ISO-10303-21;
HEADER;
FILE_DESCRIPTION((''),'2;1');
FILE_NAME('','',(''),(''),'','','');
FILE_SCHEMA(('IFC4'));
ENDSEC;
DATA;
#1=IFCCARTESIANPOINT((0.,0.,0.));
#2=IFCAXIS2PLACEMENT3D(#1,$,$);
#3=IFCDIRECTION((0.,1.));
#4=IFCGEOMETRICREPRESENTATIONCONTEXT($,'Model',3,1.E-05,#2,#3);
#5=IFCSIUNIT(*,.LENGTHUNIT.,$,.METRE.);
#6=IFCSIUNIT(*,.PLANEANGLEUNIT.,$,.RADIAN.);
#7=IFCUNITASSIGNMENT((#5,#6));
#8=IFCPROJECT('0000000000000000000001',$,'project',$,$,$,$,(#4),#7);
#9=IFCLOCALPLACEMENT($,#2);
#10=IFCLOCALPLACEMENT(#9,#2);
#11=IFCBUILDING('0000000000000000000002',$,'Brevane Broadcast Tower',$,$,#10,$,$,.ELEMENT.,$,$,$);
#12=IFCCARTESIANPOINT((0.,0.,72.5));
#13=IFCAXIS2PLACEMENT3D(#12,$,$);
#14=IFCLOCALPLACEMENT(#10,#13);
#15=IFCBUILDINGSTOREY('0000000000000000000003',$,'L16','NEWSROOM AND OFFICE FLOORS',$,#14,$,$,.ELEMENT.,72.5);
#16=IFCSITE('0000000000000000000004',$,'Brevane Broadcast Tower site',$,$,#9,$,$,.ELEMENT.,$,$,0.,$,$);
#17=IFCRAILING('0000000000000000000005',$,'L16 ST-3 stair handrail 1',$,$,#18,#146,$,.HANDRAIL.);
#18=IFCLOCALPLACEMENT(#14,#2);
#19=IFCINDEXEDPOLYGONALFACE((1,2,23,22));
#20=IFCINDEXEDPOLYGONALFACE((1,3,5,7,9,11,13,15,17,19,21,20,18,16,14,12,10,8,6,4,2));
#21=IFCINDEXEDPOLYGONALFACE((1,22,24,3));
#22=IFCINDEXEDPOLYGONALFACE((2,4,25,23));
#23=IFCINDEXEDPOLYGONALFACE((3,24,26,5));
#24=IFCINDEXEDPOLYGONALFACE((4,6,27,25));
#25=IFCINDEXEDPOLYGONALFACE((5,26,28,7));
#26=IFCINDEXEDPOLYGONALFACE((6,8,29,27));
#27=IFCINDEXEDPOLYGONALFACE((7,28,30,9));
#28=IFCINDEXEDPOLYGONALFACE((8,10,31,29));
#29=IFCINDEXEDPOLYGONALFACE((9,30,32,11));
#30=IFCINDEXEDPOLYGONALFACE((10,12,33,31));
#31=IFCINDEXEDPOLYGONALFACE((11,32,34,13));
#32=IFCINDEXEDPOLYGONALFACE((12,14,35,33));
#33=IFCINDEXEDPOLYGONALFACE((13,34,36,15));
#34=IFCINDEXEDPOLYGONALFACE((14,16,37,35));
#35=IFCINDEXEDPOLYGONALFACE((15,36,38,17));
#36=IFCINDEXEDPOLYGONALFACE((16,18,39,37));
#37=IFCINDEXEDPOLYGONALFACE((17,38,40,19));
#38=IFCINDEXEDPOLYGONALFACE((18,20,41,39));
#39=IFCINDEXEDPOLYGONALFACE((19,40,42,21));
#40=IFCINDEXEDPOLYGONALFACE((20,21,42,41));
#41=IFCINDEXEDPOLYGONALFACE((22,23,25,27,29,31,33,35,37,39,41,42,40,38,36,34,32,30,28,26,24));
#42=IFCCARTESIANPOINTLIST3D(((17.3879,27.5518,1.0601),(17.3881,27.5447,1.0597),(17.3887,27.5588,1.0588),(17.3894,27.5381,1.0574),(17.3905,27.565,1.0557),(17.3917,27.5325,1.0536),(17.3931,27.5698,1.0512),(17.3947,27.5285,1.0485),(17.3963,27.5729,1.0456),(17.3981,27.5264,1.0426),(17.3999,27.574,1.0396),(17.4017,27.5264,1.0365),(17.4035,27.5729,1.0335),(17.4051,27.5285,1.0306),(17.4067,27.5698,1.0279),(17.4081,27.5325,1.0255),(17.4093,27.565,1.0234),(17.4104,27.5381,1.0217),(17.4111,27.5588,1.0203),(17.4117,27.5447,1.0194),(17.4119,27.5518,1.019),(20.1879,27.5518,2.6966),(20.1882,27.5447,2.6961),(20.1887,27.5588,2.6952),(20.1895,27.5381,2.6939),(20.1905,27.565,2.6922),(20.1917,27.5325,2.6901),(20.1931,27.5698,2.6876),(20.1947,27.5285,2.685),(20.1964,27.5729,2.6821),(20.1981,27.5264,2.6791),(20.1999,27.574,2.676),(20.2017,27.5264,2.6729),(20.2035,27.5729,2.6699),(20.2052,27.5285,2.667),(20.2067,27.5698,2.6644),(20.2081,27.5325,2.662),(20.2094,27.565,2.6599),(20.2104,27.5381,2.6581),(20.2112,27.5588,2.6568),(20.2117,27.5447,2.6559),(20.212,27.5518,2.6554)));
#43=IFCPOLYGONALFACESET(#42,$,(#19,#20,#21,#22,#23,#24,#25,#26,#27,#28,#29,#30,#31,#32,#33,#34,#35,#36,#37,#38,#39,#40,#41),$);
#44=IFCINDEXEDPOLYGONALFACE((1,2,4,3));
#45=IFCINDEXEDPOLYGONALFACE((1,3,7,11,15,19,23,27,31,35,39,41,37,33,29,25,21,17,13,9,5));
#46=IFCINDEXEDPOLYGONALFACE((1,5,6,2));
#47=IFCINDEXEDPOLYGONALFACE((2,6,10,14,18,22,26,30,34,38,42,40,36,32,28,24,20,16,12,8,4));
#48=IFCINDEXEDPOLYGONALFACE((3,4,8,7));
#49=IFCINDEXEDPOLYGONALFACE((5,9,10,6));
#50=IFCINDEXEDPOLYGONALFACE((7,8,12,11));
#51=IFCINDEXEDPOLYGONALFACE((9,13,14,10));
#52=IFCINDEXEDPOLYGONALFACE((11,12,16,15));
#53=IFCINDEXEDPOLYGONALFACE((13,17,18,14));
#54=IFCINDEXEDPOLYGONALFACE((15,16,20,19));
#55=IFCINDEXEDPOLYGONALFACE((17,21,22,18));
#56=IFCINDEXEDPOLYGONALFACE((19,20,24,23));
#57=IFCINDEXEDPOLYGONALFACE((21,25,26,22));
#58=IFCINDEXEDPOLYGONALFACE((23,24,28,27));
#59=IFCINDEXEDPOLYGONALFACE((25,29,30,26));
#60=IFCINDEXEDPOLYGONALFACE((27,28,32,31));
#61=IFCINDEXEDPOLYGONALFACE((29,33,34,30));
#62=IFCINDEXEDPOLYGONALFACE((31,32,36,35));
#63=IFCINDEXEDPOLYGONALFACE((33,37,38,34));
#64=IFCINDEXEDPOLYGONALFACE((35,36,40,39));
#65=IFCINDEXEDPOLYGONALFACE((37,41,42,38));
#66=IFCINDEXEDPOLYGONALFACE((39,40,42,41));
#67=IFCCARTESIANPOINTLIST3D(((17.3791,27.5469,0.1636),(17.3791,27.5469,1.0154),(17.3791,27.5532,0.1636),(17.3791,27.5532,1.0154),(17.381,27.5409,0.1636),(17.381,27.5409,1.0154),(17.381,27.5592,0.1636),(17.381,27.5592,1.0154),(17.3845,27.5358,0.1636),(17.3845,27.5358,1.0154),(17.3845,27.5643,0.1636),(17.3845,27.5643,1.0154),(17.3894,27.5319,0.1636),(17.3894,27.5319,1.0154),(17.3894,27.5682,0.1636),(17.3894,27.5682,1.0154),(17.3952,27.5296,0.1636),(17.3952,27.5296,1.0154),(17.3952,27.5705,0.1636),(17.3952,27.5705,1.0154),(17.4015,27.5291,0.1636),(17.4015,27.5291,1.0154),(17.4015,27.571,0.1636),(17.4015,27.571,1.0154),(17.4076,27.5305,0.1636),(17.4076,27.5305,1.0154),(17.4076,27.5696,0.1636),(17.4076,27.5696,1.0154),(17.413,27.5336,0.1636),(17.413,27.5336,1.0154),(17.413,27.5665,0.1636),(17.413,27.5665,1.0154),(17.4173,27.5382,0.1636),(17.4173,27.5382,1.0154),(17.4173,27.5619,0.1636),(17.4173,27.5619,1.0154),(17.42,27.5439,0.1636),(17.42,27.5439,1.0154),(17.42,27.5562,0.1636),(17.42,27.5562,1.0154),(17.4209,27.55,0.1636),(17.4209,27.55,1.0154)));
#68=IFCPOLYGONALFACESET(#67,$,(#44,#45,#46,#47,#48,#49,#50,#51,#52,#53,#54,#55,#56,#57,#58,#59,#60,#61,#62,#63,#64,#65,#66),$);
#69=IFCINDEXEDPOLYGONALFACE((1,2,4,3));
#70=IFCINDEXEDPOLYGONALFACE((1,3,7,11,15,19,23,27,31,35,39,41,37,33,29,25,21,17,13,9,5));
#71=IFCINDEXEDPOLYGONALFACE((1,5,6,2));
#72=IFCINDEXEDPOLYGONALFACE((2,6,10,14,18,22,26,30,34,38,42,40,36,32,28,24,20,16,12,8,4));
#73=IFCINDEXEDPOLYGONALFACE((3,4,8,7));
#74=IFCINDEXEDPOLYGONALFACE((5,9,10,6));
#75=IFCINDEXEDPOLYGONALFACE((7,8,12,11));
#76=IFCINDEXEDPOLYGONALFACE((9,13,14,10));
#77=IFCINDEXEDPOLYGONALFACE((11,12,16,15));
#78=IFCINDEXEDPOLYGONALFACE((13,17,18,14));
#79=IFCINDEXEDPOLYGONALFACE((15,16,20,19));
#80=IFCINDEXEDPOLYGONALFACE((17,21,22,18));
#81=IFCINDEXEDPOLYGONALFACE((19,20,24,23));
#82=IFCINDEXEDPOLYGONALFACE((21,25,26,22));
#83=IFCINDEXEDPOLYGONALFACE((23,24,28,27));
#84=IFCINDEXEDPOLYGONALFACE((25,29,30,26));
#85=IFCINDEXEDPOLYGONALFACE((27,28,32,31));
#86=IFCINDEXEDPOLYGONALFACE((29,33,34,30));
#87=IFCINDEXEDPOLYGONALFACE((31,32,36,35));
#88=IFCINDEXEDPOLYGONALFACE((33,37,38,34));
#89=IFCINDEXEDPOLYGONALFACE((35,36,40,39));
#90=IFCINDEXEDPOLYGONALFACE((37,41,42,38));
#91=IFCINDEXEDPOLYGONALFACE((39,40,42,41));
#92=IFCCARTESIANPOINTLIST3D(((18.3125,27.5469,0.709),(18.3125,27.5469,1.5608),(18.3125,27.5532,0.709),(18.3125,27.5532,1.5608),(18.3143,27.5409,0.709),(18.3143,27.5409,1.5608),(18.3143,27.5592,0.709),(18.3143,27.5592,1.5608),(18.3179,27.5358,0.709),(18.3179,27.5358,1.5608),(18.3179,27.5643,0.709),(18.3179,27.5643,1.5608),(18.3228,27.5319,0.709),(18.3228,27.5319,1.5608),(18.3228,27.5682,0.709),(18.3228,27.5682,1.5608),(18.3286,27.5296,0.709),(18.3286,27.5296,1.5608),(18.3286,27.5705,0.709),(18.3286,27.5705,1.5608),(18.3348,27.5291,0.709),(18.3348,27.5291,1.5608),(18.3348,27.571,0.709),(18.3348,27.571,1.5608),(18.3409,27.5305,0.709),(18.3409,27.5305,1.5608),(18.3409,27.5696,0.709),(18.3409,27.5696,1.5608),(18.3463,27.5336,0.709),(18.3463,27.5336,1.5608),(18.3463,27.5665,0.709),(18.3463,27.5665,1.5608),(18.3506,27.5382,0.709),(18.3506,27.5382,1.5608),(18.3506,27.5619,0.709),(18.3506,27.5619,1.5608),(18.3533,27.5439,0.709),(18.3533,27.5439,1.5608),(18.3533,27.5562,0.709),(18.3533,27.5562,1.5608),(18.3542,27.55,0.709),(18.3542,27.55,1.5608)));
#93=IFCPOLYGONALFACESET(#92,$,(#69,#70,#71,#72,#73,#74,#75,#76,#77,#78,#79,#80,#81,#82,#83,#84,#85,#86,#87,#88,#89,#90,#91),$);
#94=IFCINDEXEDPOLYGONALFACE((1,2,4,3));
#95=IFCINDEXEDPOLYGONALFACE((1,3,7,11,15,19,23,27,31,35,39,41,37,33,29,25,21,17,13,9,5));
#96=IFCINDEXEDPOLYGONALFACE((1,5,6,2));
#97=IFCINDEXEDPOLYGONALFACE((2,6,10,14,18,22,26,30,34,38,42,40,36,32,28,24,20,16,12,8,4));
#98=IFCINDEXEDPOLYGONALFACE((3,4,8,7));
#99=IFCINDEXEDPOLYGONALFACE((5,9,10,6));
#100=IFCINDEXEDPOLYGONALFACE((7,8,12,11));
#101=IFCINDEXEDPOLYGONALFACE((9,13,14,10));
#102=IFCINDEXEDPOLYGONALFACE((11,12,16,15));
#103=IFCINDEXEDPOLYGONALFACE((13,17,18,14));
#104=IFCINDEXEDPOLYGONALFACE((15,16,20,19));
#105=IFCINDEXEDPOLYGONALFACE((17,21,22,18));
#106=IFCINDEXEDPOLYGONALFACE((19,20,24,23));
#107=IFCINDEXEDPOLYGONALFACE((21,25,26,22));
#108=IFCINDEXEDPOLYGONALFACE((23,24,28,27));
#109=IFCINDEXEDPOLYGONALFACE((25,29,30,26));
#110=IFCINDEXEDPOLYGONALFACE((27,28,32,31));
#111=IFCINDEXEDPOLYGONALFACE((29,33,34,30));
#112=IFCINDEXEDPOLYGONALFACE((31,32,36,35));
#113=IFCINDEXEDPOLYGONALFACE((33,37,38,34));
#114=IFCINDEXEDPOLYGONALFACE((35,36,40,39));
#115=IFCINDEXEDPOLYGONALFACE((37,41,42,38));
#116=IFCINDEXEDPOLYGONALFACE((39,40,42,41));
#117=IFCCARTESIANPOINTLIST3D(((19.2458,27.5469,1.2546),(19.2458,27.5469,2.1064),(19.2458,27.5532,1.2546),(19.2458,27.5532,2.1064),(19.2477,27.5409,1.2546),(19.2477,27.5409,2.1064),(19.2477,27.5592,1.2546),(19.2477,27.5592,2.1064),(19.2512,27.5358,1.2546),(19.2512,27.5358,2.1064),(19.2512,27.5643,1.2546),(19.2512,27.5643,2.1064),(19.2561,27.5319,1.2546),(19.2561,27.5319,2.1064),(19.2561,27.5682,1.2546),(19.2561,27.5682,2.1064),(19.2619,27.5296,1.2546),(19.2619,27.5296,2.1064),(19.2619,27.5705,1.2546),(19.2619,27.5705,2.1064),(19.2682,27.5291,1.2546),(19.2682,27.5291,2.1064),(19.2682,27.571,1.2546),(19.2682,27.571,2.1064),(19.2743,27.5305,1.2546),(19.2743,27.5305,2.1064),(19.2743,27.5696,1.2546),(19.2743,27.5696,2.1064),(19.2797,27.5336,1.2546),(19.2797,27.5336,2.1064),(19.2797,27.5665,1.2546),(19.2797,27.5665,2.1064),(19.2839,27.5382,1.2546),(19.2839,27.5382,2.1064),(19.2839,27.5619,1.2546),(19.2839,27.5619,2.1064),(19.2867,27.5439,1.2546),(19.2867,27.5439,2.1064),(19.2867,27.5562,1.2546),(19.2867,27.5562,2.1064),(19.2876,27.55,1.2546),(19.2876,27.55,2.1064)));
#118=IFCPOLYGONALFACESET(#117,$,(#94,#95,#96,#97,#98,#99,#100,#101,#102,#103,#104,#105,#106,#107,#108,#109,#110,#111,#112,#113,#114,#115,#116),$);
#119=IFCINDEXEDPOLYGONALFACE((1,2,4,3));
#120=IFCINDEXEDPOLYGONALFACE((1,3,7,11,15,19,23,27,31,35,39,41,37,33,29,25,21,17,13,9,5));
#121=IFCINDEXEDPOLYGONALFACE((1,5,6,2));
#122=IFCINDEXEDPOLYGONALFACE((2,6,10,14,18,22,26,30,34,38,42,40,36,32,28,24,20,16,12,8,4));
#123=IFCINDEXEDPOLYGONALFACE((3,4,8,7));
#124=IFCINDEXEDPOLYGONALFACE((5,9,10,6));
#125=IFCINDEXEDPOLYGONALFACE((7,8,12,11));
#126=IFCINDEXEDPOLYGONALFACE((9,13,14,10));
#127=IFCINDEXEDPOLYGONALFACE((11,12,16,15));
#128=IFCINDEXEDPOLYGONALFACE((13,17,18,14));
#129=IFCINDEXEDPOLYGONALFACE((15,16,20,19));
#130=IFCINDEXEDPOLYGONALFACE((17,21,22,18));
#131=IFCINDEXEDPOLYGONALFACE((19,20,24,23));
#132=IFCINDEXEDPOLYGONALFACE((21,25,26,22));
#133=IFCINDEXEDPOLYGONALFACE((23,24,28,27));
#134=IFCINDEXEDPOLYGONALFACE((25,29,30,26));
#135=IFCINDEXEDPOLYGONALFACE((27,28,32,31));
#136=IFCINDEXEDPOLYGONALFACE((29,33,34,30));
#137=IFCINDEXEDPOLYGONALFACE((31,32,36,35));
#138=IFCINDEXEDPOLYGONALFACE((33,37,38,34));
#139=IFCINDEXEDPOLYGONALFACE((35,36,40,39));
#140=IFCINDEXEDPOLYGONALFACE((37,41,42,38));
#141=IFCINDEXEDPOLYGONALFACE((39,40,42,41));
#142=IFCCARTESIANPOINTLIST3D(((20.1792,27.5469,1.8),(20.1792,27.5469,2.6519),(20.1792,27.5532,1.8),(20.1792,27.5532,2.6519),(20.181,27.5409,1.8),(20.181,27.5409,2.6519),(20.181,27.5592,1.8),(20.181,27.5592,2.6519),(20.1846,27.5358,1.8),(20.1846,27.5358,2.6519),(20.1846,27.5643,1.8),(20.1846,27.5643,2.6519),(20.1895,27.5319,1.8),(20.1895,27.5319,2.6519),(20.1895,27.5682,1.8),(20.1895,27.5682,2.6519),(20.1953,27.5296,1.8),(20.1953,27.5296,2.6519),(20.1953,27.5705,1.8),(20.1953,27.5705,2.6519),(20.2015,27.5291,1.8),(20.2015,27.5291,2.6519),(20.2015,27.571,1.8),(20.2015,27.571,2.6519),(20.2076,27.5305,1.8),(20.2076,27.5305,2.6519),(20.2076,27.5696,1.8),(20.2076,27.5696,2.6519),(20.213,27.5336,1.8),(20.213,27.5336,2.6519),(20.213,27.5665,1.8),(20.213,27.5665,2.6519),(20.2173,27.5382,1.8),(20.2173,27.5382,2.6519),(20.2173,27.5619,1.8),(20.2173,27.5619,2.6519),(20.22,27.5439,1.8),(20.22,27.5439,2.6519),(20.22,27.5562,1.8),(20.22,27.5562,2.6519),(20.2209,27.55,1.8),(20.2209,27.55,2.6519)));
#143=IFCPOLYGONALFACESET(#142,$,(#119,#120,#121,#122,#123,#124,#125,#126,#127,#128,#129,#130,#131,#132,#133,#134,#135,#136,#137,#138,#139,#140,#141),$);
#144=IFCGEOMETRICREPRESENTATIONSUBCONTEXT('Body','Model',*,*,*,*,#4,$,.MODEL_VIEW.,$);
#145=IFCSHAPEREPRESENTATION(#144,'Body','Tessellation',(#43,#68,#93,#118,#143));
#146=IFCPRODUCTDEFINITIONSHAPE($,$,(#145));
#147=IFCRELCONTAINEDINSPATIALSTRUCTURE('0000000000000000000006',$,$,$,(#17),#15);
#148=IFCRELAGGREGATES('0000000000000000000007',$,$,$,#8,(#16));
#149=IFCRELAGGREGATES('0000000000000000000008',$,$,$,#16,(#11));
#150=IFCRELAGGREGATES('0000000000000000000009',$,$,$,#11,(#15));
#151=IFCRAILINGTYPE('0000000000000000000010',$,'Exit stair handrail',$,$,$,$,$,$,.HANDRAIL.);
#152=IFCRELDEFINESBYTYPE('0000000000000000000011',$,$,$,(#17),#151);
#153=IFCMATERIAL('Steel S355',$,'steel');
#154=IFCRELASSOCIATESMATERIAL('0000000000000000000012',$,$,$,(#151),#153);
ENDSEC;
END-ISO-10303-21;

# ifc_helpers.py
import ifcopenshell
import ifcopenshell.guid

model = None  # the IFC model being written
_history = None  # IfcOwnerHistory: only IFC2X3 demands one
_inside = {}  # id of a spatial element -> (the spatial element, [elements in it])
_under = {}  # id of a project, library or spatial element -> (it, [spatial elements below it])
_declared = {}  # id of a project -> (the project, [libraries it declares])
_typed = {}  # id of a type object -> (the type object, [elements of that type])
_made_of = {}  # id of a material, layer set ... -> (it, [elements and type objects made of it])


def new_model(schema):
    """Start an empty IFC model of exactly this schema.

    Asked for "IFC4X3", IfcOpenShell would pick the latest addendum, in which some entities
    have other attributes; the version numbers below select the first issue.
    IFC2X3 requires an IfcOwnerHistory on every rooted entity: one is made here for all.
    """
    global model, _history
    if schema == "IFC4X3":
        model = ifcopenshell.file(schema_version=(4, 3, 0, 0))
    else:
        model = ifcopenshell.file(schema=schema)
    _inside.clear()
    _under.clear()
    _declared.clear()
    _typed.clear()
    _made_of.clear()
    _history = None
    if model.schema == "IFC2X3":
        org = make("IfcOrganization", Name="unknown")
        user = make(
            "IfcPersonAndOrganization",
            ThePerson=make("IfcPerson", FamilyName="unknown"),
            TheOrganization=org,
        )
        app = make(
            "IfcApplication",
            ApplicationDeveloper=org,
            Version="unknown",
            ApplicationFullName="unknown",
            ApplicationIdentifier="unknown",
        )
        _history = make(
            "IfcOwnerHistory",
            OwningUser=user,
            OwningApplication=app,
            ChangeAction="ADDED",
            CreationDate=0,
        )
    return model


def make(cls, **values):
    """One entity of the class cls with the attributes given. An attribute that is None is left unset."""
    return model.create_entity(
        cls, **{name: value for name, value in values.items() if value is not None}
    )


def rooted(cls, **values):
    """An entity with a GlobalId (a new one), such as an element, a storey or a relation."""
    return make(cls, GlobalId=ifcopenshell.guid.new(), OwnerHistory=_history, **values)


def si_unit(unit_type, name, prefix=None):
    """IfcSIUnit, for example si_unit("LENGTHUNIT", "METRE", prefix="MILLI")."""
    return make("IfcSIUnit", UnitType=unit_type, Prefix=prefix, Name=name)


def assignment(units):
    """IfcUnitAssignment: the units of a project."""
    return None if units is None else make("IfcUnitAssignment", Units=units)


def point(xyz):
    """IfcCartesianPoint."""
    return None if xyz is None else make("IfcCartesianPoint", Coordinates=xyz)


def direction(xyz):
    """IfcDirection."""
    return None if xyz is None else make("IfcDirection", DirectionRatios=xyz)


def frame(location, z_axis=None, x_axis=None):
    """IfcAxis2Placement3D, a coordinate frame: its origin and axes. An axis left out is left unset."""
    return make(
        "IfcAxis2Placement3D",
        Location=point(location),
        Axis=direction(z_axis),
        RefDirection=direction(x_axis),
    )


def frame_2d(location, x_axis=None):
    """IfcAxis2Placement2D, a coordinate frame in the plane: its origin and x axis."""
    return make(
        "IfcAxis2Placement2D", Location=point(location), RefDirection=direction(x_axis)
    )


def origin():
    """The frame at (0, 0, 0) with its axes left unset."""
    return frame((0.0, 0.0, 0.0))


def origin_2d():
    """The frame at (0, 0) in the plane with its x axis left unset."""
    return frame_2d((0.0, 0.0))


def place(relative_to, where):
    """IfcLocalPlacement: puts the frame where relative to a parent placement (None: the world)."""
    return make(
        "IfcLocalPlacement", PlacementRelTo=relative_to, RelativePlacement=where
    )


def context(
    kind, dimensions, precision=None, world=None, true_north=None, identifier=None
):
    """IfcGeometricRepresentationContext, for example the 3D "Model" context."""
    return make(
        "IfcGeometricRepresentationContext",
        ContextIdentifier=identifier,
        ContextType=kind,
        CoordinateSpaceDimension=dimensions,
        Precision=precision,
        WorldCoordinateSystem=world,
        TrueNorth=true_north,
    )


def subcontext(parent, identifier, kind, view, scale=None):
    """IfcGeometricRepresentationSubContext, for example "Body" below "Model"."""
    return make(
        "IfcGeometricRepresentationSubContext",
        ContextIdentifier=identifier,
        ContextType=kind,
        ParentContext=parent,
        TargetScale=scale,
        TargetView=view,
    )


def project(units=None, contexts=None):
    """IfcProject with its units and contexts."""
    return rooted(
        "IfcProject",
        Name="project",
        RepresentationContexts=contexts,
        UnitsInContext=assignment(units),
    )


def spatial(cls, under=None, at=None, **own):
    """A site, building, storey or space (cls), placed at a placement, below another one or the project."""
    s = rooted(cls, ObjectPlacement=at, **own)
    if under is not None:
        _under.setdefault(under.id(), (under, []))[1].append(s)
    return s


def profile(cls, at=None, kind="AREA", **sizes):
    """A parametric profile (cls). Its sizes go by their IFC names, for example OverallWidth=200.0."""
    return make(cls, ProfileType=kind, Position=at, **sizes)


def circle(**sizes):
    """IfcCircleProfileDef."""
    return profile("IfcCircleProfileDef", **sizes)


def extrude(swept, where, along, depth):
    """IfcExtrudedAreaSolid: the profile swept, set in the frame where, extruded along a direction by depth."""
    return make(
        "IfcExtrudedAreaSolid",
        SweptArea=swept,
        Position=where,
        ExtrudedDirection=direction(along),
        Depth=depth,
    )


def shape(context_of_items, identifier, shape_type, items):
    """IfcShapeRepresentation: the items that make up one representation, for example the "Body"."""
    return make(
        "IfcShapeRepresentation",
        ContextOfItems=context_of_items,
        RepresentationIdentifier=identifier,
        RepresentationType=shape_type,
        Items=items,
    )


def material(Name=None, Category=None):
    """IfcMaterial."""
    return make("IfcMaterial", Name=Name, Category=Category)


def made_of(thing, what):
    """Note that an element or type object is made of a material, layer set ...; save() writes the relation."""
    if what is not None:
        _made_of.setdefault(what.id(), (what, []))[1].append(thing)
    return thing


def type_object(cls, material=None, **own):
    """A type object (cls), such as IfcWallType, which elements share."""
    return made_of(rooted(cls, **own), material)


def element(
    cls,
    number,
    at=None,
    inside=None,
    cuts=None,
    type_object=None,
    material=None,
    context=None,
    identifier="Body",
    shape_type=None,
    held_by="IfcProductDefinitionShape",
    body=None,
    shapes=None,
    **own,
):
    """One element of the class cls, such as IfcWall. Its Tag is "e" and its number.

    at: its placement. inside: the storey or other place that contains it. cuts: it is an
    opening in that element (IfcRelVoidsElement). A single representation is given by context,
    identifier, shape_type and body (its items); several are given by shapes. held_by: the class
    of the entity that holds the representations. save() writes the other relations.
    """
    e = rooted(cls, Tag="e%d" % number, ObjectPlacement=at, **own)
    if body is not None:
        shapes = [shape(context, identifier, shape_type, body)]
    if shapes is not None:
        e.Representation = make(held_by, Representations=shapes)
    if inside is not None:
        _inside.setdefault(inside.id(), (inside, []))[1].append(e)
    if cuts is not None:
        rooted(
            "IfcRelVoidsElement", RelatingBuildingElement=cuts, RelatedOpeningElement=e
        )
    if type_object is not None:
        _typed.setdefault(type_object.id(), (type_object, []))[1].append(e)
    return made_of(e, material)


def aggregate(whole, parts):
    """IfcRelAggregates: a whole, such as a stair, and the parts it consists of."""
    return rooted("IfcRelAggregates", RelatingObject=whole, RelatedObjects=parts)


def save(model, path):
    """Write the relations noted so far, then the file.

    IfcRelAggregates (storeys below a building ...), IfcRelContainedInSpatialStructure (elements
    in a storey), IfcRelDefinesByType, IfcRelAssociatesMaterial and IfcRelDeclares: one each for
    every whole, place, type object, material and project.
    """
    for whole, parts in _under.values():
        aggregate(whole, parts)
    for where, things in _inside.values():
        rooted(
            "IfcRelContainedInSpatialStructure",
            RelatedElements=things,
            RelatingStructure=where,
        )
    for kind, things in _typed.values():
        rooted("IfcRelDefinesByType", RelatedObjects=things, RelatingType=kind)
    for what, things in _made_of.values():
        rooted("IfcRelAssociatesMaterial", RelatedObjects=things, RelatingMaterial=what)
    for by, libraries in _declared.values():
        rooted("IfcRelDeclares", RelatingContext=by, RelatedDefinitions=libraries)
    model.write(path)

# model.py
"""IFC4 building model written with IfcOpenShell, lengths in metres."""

from ifc_helpers import new_model, si_unit, direction, frame, origin, origin_2d, place, context, subcontext, project, spatial, circle, extrude, material, type_object, element, save


model = new_model("IFC4")

# Units and contexts
model_context = context("Model", 3, precision=1e-05, world=origin(), true_north=direction((0.0, 1.0)))
body_context = subcontext(model_context, "Body", "Model", "MODEL_VIEW")
ifc_project = project(units=[si_unit("LENGTHUNIT", "METRE"), si_unit("PLANEANGLEUNIT", "RADIAN")], contexts=[model_context])

# Site, building, storey
site_placement = place(None, origin())
site = spatial("IfcSite", under=ifc_project, at=site_placement, Name="Brevane Broadcast Tower site", CompositionType="ELEMENT", RefElevation=0.0)
building_placement = place(site_placement, origin())
building = spatial("IfcBuilding", under=site, at=building_placement, Name="Brevane Broadcast Tower", CompositionType="ELEMENT")
storey_placement = place(building_placement, frame((0.0, 0.0, 72.5)))
storey = spatial("IfcBuildingStorey", under=building, at=storey_placement, Name="L16", Description="NEWSROOM AND OFFICE FLOORS", CompositionType="ELEMENT", Elevation=72.5)

# Railing
ifc_material_1 = material(Name="Steel S355", Category="steel")
railing_type_1 = type_object("IfcRailingType", Name="Exit stair handrail", PredefinedType="HANDRAIL", material=ifc_material_1)
railing_1_placement = place(storey_placement, frame((17.3999, 27.55, 0.1636)))
element("IfcRailing", 1, at=railing_1_placement, inside=storey, type_object=railing_type_1, Name="L16 ST-3 stair handrail 1", PredefinedType="HANDRAIL", context=body_context, shape_type="SweptSolid", body=[
    extrude(circle(Radius=0.0239, at=origin_2d()), frame((0.0, 0.0, 0.876), z_axis=(0.863361, 0.0, 0.504587), x_axis=(0.0, 1.0, 0.0)), (0.0, 0.0, 1.0), 3.2432),
    extrude(circle(Radius=0.021, at=origin_2d()), origin(), (0.0, 0.0, 1.0), 0.8518),
    extrude(circle(Radius=0.021, at=origin_2d()), frame((0.9333, 0.0, 0.5454)), (0.0, 0.0, 1.0), 0.8518),
    extrude(circle(Radius=0.021, at=origin_2d()), frame((1.8667, 0.0, 1.0911)), (0.0, 0.0, 1.0), 0.8518),
    extrude(circle(Radius=0.021, at=origin_2d()), frame((2.8, 0.0, 1.6365)), (0.0, 0.0, 1.0), 0.8518),
])

save(model, "model.ifc")
